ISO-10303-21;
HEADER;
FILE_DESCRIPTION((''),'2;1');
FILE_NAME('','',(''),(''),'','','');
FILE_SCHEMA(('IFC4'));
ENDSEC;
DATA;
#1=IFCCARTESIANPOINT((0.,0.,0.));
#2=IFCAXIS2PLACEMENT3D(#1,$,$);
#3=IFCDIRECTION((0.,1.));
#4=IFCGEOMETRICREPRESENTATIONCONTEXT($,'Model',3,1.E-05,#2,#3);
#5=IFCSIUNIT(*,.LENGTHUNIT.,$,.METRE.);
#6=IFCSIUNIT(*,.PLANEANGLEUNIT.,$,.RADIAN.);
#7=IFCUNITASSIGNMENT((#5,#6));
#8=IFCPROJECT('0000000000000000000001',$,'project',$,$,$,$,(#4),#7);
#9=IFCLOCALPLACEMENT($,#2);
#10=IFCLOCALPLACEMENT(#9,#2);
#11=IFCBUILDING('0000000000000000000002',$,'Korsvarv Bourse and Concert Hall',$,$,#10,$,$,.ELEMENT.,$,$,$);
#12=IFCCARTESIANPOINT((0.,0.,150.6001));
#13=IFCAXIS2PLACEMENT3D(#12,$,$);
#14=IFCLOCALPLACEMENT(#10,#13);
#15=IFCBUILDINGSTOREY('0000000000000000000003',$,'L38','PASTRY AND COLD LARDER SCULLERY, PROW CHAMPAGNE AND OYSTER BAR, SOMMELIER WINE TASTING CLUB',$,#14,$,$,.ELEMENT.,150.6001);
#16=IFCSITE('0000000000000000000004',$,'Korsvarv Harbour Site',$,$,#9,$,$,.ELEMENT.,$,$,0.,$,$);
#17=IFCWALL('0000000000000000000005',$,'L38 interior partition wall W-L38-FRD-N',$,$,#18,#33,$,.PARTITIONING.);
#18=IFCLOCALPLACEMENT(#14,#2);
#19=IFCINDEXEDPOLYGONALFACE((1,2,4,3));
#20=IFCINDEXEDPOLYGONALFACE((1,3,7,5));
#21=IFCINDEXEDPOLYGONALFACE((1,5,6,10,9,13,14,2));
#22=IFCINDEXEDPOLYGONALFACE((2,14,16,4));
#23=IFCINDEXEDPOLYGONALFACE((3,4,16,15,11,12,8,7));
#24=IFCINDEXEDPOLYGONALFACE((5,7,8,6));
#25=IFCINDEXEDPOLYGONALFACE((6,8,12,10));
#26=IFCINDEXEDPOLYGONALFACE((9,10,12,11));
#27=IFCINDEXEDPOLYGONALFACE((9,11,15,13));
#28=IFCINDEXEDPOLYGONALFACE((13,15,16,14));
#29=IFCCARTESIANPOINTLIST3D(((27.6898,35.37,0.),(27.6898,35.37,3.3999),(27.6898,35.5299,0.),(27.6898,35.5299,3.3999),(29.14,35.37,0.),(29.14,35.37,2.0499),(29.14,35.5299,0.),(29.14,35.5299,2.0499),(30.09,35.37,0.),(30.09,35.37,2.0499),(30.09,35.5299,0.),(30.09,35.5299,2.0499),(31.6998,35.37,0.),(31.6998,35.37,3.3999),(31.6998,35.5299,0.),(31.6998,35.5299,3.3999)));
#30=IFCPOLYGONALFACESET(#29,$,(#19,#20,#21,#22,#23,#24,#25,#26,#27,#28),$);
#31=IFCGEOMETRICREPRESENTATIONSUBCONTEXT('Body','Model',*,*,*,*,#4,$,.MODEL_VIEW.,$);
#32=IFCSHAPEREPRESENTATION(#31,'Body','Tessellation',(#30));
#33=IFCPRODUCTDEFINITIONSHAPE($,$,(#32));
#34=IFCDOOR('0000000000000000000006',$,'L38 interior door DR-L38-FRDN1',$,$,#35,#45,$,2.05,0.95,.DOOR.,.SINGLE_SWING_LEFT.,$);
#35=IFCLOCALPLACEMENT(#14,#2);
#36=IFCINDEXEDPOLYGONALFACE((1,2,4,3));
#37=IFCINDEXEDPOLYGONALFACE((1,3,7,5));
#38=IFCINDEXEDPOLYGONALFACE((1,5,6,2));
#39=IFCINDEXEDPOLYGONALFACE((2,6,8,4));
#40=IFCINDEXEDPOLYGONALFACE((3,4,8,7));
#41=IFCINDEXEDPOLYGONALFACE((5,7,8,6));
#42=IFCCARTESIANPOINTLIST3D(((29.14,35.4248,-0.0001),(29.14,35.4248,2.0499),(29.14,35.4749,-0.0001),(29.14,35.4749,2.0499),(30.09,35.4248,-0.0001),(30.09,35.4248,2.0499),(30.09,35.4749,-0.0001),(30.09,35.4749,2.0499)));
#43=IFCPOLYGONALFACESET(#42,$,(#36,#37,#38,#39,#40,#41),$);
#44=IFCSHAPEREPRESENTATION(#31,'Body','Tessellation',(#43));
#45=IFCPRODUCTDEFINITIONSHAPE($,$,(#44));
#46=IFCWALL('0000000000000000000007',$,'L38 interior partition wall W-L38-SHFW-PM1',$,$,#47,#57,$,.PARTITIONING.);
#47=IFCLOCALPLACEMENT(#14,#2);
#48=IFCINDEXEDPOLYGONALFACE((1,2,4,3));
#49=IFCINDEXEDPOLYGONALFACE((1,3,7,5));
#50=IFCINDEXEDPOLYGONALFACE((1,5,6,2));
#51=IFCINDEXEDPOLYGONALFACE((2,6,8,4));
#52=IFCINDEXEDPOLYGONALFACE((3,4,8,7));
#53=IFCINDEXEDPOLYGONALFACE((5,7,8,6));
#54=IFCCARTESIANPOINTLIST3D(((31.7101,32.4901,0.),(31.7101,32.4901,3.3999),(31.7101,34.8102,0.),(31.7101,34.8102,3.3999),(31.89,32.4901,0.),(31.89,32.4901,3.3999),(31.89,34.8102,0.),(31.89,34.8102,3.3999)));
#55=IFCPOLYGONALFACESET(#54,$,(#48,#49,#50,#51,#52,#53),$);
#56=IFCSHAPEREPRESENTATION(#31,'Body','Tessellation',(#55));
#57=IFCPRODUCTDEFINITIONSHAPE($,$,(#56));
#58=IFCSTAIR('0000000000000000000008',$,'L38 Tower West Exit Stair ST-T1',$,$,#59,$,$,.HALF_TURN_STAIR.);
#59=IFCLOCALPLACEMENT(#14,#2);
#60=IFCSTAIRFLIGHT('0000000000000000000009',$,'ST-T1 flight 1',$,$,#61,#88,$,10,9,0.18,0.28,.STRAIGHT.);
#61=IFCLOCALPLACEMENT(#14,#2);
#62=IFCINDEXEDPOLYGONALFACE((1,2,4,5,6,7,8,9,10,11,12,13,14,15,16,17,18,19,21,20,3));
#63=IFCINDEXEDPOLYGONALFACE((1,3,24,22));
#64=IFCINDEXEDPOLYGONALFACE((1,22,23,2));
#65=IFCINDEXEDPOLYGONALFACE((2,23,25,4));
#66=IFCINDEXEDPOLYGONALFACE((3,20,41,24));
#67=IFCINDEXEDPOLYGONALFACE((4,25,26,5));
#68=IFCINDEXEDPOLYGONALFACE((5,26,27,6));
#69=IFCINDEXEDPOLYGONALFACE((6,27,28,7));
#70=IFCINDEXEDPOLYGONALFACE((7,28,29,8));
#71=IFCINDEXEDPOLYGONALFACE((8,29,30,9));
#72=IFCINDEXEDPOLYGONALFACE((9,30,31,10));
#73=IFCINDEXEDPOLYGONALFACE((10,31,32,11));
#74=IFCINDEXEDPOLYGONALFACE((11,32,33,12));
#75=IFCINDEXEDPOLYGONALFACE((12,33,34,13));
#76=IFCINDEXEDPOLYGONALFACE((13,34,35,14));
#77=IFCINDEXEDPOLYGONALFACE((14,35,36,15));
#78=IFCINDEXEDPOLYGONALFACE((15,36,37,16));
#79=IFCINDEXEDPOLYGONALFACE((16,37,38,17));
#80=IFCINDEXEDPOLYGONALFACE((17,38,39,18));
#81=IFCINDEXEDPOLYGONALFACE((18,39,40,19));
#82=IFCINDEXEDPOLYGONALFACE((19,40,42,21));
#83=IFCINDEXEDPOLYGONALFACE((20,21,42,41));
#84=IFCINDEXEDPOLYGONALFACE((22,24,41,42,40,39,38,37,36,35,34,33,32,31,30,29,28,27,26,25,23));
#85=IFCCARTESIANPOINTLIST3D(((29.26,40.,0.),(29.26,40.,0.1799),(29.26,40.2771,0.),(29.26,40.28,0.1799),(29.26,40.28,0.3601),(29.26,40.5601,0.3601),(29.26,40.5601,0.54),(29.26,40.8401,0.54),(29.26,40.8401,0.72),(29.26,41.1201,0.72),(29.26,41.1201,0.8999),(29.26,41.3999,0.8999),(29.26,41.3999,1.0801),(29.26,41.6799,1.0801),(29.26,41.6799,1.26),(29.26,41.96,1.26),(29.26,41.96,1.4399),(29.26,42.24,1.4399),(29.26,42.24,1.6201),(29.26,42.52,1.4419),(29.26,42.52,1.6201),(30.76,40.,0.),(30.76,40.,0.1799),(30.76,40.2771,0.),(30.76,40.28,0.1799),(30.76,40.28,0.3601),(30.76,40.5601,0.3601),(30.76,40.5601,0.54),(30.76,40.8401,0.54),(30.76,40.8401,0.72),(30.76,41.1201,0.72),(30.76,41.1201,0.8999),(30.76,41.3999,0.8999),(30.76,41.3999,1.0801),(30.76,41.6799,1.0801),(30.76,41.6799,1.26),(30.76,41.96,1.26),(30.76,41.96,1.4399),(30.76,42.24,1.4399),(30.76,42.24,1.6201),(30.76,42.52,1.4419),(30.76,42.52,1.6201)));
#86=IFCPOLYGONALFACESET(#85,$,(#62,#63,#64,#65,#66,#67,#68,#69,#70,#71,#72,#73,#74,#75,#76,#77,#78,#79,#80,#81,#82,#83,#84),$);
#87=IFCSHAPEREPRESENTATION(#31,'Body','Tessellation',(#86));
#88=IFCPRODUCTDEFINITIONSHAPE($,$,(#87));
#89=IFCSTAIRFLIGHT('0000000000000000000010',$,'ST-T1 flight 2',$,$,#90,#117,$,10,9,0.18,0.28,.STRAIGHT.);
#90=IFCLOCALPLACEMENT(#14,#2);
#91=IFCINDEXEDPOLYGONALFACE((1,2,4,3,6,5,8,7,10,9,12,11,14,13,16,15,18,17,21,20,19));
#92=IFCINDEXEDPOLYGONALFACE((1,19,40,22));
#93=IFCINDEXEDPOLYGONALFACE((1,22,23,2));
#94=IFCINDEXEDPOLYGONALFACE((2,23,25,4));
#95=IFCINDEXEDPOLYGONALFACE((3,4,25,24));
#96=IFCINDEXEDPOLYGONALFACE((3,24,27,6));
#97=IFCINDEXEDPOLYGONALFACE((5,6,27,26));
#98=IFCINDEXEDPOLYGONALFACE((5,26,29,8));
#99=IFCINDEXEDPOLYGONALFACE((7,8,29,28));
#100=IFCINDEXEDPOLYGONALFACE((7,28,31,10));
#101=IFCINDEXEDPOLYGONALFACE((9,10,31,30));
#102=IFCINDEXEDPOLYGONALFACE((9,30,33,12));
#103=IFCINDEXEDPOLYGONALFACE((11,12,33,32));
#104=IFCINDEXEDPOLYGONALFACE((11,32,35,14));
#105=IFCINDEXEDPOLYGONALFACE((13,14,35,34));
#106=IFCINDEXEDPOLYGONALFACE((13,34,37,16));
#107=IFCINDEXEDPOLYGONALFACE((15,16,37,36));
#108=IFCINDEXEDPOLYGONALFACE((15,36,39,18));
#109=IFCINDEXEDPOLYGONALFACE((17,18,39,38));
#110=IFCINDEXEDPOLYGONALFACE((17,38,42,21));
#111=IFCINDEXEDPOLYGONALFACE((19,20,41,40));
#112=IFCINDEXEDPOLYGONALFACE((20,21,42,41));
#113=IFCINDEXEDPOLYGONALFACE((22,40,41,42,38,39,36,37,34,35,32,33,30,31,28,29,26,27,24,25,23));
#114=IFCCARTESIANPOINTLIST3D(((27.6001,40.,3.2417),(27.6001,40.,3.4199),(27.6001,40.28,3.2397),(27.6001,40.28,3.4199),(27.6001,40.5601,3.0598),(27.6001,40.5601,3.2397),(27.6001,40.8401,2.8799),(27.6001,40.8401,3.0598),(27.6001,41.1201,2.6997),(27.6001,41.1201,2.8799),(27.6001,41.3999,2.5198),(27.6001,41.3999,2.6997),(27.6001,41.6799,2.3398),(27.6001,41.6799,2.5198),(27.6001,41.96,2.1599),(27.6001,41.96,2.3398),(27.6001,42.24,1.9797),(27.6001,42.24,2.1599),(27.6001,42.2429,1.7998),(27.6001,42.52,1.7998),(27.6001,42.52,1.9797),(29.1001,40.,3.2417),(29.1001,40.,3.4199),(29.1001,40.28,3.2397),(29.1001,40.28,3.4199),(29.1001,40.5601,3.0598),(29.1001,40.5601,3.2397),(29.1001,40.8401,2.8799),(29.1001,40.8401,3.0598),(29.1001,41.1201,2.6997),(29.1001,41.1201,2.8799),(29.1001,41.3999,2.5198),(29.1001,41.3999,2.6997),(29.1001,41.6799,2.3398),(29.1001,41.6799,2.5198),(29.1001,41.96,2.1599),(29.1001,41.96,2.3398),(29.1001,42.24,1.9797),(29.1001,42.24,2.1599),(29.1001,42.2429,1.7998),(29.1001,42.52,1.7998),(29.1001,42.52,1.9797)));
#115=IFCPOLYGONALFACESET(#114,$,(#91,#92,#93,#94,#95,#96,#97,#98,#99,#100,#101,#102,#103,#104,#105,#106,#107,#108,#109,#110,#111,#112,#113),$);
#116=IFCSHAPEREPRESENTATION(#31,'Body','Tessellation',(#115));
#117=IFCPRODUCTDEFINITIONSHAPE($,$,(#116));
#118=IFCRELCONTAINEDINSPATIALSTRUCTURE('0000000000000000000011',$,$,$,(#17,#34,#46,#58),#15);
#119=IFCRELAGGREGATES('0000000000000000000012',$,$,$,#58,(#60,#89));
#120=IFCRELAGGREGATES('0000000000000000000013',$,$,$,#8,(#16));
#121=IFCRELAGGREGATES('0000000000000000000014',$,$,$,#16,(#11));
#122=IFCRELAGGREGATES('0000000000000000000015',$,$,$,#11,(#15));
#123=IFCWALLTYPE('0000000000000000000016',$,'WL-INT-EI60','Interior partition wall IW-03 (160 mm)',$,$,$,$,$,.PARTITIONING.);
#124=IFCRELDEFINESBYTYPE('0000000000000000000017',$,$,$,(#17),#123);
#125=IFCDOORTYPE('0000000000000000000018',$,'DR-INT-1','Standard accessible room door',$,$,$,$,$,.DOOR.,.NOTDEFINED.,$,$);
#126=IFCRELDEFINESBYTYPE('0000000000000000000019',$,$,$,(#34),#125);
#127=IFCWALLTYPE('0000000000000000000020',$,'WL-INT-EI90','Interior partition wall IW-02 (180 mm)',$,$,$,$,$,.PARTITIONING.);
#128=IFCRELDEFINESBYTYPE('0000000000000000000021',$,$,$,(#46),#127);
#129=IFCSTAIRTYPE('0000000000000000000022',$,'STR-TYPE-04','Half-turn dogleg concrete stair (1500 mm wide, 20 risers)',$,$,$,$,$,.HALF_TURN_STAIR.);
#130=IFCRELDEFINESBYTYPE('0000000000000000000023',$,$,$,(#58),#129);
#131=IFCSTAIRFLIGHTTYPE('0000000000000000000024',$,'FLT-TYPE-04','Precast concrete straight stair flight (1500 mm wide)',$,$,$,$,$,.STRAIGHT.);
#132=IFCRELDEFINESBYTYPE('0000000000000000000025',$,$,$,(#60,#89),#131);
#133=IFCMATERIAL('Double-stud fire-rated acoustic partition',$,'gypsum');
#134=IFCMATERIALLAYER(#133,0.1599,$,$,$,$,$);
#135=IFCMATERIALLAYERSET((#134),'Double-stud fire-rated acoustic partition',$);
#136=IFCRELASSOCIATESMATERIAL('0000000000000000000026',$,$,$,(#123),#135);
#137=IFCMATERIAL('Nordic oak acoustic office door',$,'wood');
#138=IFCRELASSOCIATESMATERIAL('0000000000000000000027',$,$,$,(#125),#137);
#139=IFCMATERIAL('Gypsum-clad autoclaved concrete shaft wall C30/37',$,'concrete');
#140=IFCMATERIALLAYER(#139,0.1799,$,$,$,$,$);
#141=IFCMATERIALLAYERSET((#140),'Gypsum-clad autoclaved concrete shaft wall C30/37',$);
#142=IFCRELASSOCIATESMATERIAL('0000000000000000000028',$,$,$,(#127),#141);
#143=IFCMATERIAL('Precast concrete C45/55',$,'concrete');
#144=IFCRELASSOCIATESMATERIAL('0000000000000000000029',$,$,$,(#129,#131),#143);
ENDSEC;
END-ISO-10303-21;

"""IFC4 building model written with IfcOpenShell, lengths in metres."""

from ifc_helpers import new_model, si_unit, direction, frame, frame_2d, origin, place, context, subcontext, project, spatial, polyline, rectangle, outline, extrude, material, layer, layer_set, type_object, element, fill, aggregate, save


model = new_model("IFC4")

# Units and contexts
model_context = context("Model", 3, precision=1e-05, world=origin(), true_north=direction((0.0, 1.0)))
body_context = subcontext(model_context, "Body", "Model", "MODEL_VIEW")
ifc_project = project(units=[si_unit("LENGTHUNIT", "METRE"), si_unit("PLANEANGLEUNIT", "RADIAN")], contexts=[model_context])

# Site, building, storey
site_placement = place(None, origin())
site = spatial("IfcSite", under=ifc_project, at=site_placement, Name="Korsvarv Harbour Site", CompositionType="ELEMENT", RefElevation=0.0)
building_placement = place(site_placement, origin())
building = spatial("IfcBuilding", under=site, at=building_placement, Name="Korsvarv Bourse and Concert Hall", CompositionType="ELEMENT")
storey_placement = place(building_placement, frame((0.0, 0.0, 150.6001)))
storey = spatial("IfcBuildingStorey", under=building, at=storey_placement, Name="L38", Description="PASTRY AND COLD LARDER SCULLERY, PROW CHAMPAGNE AND OYSTER BAR, SOMMELIER WINE TASTING CLUB", CompositionType="ELEMENT", Elevation=150.6001)

# Shared definitions
ifc_material_1 = material(Name="Double-stud fire-rated acoustic partition", Category="gypsum")
ifc_layer_1 = layer(ifc_material_1, 0.1599)
ifc_layer_set_1 = layer_set([ifc_layer_1], Name="Double-stud fire-rated acoustic partition")
wall_type_1 = type_object("IfcWallType", Name="WL-INT-EI60", Description="Interior partition wall IW-03 (160 mm)", PredefinedType="PARTITIONING", material=ifc_layer_set_1)

# Wall, opening, door
wall_1_placement = place(storey_placement, frame((27.6899, 35.45, 0.0), z_axis=(0.0, 0.0, 1.0), x_axis=(1.0, 0.0, 0.0)))
wall_1 = element("IfcWall", 1, at=wall_1_placement, inside=storey, type_object=wall_type_1, Name="L38 interior partition wall W-L38-FRD-N", PredefinedType="PARTITIONING", context=body_context, shape_type="SweptSolid", body=[
    extrude(rectangle(XDim=4.01, YDim=0.1599, at=frame_2d((2.0049, 0.0))), origin(), (0.0, 0.0, 1.0), 3.3999),
])
opening_1_placement = place(wall_1_placement, frame((1.45, 0.0, 0.0)))
opening_1 = element("IfcOpeningElement", 2, at=opening_1_placement, cuts=wall_1, PredefinedType="OPENING", context=body_context, shape_type="SweptSolid", body=[
    extrude(rectangle(XDim=0.95, YDim=2.05, at=frame_2d((0.4751, 1.0249))), frame((0.0, 0.0898, 0.0), z_axis=(0.0, -1.0, 0.0), x_axis=(1.0, 0.0, 0.0)), (0.0, 0.0, 1.0), 0.1799),
])
ifc_material_2 = material(Name="Nordic oak acoustic office door", Category="wood")
door_type_1 = type_object("IfcDoorType", Name="DR-INT-1", Description="Standard accessible room door", OperationType="NOTDEFINED", PredefinedType="DOOR", material=ifc_material_2)
door_1_placement = place(opening_1_placement, origin())
door_1 = element("IfcDoor", 3, at=door_1_placement, inside=storey, type_object=door_type_1, Name="L38 interior door DR-L38-FRDN1", OperationType="SINGLE_SWING_LEFT", OverallHeight=2.05, OverallWidth=0.95, PredefinedType="DOOR", context=body_context, shape_type="SweptSolid", body=[
    extrude(rectangle(XDim=0.95, YDim=2.05, at=frame_2d((0.4751, 1.0249))), frame((0.0, 0.0249, 0.0), z_axis=(0.0, -1.0, 0.0), x_axis=(1.0, 0.0, 0.0)), (0.0, 0.0, 1.0), 0.05),
])
fill(opening_1, door_1)

# Wall
ifc_material_3 = material(Name="Gypsum-clad autoclaved concrete shaft wall C30/37", Category="concrete")
ifc_layer_2 = layer(ifc_material_3, 0.1799)
ifc_layer_set_2 = layer_set([ifc_layer_2], Name="Gypsum-clad autoclaved concrete shaft wall C30/37")
wall_type_2 = type_object("IfcWallType", Name="WL-INT-EI90", Description="Interior partition wall IW-02 (180 mm)", PredefinedType="PARTITIONING", material=ifc_layer_set_2)
wall_2_placement = place(storey_placement, frame((31.8, 32.49, 0.0), z_axis=(0.0, 0.0, 1.0), x_axis=(0.0, 1.0, 0.0)))
element("IfcWall", 4, at=wall_2_placement, inside=storey, type_object=wall_type_2, Name="L38 interior partition wall W-L38-SHFW-PM1", PredefinedType="PARTITIONING", context=body_context, shape_type="SweptSolid", body=[
    extrude(rectangle(XDim=2.3201, YDim=0.1799, at=frame_2d((1.1602, 0.0))), origin(), (0.0, 0.0, 1.0), 3.3999),
])

# Stair, stair flights
ifc_material_4 = material(Name="Precast concrete C45/55", Category="concrete")
stair_type = type_object("IfcStairType", Name="STR-TYPE-04", Description="Half-turn dogleg concrete stair (1500 mm wide, 20 risers)", PredefinedType="HALF_TURN_STAIR", material=ifc_material_4)
stair_placement = place(storey_placement, origin())
stair = element("IfcStair", 5, at=stair_placement, inside=storey, type_object=stair_type, Name="L38 Tower West Exit Stair ST-T1", PredefinedType="HALF_TURN_STAIR")
stair_flight_type = type_object("IfcStairFlightType", Name="FLT-TYPE-04", Description="Precast concrete straight stair flight (1500 mm wide)", PredefinedType="STRAIGHT", material=ifc_material_4)
stair_flight_1_placement = place(storey_placement, frame((30.01, 40.0, 0.0), z_axis=(0.0, 0.0, 1.0), x_axis=(0.0, 1.0, 0.0)))
stair_flight_1 = element("IfcStairFlight", 6, at=stair_flight_1_placement, type_object=stair_flight_type, Name="ST-T1 flight 1", NumberOfRisers=10, NumberOfTreads=9, PredefinedType="STRAIGHT", RiserHeight=0.18, TreadLength=0.28, context=body_context, shape_type="SweptSolid", body=[
    extrude(outline(polyline([(0.0, 0.0), (0.0, 0.1799), (0.28, 0.1799), (0.28, 0.3601), (0.5601, 0.3601), (0.5601, 0.54), (0.8401, 0.54), (0.8401, 0.72), (1.1201, 0.72), (1.1201, 0.8999), (1.3999, 0.8999), (1.3999, 1.0801), (1.6799, 1.0801), (1.6799, 1.26), (1.96, 1.26), (1.96, 1.4399), (2.24, 1.4399), (2.24, 1.6201), (2.52, 1.6201), (2.52, 1.8), (2.52, 1.4419), (0.2771, 0.0), (0.0, 0.0)])), frame((0.0, 0.75, 0.0), z_axis=(0.0, -1.0, 0.0), x_axis=(1.0, 0.0, 0.0)), (0.0, 0.0, 1.0), 1.5),
])
stair_flight_2_placement = place(storey_placement, frame((28.3501, 42.52, 1.7998), z_axis=(0.0, 0.0, 1.0), x_axis=(0.0, -1.0, 0.0)))
stair_flight_2 = element("IfcStairFlight", 7, at=stair_flight_2_placement, type_object=stair_flight_type, Name="ST-T1 flight 2", NumberOfRisers=10, NumberOfTreads=9, PredefinedType="STRAIGHT", RiserHeight=0.18, TreadLength=0.28, context=body_context, shape_type="SweptSolid", body=[
    extrude(outline(polyline([(0.0, 0.0), (0.0, 0.1799), (0.28, 0.1799), (0.28, 0.3601), (0.5601, 0.3601), (0.5601, 0.54), (0.8401, 0.54), (0.8401, 0.72), (1.1201, 0.72), (1.1201, 0.8999), (1.3999, 0.8999), (1.3999, 1.0801), (1.6799, 1.0801), (1.6799, 1.26), (1.96, 1.26), (1.96, 1.4399), (2.24, 1.4399), (2.24, 1.6201), (2.52, 1.6201), (2.52, 1.8), (2.52, 1.4419), (0.2771, 0.0), (0.0, 0.0)])), frame((0.0, 0.75, 0.0), z_axis=(0.0, -1.0, 0.0), x_axis=(1.0, 0.0, 0.0)), (0.0, 0.0, 1.0), 1.5),
])
aggregate(stair, [stair_flight_1, stair_flight_2])

save(model, "model.ifc")
